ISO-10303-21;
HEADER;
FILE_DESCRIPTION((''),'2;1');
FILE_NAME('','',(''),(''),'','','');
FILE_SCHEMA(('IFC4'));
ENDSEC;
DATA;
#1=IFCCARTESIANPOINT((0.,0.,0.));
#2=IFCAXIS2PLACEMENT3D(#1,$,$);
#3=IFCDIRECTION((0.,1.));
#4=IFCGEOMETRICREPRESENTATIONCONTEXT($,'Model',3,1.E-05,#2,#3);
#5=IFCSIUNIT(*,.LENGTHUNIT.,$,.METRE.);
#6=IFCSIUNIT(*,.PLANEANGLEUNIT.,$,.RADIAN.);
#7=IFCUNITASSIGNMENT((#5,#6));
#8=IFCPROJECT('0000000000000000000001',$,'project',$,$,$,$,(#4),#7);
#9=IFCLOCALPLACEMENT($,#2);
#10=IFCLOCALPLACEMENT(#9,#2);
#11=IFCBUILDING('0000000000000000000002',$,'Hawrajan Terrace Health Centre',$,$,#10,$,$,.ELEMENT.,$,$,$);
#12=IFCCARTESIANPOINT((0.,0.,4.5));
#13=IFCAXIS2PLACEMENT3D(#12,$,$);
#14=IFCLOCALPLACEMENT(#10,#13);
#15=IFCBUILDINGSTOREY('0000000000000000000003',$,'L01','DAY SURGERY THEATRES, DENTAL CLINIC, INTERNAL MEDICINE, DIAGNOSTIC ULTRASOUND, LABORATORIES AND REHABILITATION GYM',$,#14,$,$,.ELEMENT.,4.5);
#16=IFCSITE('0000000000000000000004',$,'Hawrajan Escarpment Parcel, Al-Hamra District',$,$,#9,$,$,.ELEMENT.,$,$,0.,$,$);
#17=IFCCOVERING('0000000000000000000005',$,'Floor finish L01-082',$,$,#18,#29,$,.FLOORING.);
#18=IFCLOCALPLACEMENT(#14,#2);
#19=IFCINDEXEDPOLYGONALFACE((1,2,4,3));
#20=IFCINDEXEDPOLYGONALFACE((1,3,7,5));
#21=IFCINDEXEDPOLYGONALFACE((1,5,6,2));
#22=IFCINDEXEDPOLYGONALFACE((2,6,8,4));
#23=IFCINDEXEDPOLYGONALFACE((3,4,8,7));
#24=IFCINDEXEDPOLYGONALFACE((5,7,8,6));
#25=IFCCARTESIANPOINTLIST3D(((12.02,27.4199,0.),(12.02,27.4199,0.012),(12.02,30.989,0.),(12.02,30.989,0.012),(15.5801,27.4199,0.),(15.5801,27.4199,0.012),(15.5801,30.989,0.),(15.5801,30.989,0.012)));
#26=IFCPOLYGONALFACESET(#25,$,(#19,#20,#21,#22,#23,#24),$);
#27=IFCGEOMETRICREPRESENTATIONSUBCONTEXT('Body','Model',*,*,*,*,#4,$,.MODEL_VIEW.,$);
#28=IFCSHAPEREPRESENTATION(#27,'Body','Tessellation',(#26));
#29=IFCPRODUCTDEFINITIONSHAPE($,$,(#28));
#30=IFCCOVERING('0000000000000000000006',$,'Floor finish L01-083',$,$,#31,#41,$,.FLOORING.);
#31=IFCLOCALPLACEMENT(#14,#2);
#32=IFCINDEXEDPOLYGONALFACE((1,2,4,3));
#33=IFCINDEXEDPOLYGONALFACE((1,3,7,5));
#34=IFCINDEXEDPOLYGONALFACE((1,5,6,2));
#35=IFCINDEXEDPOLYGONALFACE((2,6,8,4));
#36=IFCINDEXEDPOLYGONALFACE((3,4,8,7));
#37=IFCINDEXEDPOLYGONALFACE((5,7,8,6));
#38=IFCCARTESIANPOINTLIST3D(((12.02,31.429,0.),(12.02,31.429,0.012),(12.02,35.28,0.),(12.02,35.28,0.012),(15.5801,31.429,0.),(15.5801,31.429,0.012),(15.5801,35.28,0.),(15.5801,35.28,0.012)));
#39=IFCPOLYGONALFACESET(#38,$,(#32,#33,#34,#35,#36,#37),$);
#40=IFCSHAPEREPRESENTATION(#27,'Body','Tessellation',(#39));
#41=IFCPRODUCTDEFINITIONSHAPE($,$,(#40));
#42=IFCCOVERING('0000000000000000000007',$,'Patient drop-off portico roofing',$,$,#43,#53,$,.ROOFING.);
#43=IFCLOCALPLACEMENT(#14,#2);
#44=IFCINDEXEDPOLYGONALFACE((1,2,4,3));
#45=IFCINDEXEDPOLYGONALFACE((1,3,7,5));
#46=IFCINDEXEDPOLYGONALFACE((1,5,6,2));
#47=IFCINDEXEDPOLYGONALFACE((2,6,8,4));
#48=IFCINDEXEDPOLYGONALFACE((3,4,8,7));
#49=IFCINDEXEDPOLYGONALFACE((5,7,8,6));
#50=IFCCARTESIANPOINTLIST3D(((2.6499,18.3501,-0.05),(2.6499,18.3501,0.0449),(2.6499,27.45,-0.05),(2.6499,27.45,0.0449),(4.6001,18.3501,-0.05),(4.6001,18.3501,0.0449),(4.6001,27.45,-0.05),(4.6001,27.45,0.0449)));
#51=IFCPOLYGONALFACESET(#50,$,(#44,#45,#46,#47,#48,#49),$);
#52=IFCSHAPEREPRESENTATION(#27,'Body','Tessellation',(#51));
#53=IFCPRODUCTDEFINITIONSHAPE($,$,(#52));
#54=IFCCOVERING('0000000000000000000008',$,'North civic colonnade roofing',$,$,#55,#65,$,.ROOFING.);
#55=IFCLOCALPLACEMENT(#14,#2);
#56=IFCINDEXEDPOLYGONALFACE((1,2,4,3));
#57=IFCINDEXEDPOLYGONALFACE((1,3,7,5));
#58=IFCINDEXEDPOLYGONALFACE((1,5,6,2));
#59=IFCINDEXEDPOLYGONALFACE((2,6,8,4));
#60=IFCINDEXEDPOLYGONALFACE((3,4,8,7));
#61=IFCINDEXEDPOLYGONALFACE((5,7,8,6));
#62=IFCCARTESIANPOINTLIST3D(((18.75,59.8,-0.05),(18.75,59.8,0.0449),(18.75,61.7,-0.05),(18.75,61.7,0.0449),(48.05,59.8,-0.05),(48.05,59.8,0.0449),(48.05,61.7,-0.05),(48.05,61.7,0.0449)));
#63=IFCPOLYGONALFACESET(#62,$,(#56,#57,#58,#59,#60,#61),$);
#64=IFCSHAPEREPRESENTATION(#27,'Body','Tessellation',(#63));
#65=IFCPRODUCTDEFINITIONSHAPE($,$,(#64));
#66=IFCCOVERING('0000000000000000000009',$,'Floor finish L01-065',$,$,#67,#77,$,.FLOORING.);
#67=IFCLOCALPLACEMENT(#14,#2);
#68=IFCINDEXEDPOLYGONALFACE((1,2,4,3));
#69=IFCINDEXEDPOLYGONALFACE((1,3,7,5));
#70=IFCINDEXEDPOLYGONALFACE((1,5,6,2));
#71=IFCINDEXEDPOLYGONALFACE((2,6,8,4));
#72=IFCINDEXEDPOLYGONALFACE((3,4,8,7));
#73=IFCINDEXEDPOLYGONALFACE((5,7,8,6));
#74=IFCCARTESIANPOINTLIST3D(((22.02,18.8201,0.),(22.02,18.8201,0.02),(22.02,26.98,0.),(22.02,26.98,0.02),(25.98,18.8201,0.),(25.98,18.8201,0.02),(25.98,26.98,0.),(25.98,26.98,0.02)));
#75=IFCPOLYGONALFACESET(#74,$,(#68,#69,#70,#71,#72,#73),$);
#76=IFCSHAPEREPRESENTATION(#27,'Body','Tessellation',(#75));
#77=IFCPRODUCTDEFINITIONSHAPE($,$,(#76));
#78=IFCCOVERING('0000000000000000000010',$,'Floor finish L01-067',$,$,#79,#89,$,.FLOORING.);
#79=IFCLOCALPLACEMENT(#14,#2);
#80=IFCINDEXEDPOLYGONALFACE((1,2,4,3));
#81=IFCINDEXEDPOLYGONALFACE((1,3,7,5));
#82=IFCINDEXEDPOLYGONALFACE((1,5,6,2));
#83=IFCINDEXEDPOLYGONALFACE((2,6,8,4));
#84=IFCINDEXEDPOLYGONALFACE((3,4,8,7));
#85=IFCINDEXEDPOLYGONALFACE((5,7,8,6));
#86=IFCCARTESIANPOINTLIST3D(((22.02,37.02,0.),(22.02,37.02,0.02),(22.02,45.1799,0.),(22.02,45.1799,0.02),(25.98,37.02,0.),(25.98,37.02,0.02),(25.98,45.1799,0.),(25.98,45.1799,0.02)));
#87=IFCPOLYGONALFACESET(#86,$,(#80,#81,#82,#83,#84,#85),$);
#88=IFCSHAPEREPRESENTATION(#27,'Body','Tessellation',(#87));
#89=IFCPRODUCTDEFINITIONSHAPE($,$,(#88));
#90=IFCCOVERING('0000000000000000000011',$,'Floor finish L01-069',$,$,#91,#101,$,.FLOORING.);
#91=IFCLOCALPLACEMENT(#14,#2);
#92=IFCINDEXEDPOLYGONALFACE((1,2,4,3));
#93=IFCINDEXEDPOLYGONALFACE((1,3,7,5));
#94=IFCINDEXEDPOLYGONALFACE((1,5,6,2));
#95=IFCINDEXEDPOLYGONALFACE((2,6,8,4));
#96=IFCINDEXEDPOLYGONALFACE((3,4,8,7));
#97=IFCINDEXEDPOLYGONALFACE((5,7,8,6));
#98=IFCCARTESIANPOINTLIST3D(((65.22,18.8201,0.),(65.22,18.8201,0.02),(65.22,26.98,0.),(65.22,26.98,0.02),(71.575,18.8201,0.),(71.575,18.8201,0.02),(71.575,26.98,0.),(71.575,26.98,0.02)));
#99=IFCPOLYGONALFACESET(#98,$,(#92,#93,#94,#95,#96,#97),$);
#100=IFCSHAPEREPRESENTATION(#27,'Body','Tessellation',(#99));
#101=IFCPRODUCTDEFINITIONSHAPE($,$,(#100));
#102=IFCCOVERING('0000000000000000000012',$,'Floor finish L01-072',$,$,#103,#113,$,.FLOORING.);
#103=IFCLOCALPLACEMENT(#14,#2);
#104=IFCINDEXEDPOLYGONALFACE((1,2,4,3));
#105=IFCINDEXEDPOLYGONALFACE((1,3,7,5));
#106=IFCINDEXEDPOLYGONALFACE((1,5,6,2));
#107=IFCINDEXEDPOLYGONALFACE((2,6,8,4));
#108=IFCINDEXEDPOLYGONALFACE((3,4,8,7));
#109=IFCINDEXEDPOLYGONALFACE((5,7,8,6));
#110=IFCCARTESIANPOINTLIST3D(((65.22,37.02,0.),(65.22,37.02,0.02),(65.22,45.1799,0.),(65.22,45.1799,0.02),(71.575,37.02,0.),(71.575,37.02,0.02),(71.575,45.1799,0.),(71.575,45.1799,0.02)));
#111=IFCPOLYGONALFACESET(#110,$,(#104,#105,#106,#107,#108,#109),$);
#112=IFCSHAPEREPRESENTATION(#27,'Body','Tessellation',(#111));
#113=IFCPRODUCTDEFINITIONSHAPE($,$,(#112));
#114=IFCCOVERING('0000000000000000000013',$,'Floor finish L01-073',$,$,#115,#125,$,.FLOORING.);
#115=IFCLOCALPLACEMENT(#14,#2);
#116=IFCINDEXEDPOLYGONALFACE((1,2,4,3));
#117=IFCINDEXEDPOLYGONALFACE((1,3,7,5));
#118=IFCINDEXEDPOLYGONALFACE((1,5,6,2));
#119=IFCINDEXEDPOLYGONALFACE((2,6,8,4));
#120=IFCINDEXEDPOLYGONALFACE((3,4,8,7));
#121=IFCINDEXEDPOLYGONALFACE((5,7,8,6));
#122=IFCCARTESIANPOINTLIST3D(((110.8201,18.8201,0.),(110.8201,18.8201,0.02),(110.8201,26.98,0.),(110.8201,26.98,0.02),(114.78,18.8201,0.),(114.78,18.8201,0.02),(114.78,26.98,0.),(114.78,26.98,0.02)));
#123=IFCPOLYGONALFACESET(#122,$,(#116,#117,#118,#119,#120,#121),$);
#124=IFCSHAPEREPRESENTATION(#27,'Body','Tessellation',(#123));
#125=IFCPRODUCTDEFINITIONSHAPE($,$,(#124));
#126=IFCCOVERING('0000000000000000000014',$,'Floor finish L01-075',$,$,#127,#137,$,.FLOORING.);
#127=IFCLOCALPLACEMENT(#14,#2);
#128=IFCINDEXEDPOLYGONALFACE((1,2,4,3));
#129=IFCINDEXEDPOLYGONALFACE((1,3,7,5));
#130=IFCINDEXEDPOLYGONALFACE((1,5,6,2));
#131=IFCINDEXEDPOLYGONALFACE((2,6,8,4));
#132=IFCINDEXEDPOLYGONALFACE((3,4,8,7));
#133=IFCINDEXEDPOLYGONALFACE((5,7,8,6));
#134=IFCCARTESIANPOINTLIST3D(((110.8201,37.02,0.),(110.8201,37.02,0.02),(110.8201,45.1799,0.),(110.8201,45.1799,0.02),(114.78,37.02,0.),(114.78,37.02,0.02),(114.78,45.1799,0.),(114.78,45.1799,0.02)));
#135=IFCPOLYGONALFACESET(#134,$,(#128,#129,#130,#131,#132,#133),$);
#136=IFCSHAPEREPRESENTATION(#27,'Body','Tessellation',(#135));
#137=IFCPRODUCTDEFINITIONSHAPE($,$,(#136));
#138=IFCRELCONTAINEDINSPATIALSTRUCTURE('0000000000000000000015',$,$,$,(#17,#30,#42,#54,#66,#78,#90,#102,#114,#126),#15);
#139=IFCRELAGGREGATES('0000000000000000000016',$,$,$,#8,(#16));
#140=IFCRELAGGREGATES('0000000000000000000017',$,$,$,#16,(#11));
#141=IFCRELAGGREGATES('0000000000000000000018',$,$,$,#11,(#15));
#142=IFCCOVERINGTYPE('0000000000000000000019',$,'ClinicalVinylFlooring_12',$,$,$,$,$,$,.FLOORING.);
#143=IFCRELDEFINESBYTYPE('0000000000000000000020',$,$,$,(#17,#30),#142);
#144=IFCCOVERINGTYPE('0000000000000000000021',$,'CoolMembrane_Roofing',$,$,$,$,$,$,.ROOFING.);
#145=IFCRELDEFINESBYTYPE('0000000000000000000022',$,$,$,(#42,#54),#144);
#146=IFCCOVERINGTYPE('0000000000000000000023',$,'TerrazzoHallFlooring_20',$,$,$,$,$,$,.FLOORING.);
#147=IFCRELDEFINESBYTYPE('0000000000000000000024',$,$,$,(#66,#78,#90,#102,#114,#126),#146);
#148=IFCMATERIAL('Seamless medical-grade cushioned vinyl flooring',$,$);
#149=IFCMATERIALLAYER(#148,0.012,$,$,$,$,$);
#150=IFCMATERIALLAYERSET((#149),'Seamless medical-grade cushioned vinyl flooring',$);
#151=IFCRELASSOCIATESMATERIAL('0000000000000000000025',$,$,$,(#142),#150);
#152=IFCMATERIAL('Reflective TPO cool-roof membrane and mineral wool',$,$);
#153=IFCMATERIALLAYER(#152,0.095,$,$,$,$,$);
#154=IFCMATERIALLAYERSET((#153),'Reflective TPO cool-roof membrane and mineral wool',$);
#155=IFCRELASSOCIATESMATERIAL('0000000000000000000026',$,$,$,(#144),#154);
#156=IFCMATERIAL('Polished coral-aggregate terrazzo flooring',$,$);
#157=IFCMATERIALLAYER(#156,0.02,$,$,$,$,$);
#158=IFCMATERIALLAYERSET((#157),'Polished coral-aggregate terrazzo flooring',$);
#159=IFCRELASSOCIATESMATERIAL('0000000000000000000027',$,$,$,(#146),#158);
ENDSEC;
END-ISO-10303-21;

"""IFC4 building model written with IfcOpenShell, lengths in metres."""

from ifc_helpers import new_model, si_unit, direction, frame, origin, place, context, subcontext, project, spatial, polyline, outline, extrude, material, layer, layer_set, type_object, element, save


model = new_model("IFC4")

# Units and contexts
model_context = context("Model", 3, precision=1e-05, world=origin(), true_north=direction((0.0, 1.0)))
body_context = subcontext(model_context, "Body", "Model", "MODEL_VIEW")
ifc_project = project(units=[si_unit("LENGTHUNIT", "METRE"), si_unit("PLANEANGLEUNIT", "RADIAN")], contexts=[model_context])

# Site, building, storey
site_placement = place(None, origin())
site = spatial("IfcSite", under=ifc_project, at=site_placement, Name="Hawrajan Escarpment Parcel, Al-Hamra District", CompositionType="ELEMENT", RefElevation=0.0)
building_placement = place(site_placement, origin())
building = spatial("IfcBuilding", under=site, at=building_placement, Name="Hawrajan Terrace Health Centre", CompositionType="ELEMENT")
storey_placement = place(building_placement, frame((0.0, 0.0, 4.5)))
storey = spatial("IfcBuildingStorey", under=building, at=storey_placement, Name="L01", Description="DAY SURGERY THEATRES, DENTAL CLINIC, INTERNAL MEDICINE, DIAGNOSTIC ULTRASOUND, LABORATORIES AND REHABILITATION GYM", CompositionType="ELEMENT", Elevation=4.5)

# Coverings
ifc_material_1 = material(Name="Seamless medical-grade cushioned vinyl flooring")
ifc_layer_1 = layer(ifc_material_1, 0.012)
ifc_layer_set_1 = layer_set([ifc_layer_1], Name="Seamless medical-grade cushioned vinyl flooring")
covering_type_1 = type_object("IfcCoveringType", Name="ClinicalVinylFlooring_12", PredefinedType="FLOORING", material=ifc_layer_set_1)
covering_1_placement = place(storey_placement, origin())
element("IfcCovering", 1, at=covering_1_placement, inside=storey, type_object=covering_type_1, Name="Floor finish L01-082", PredefinedType="FLOORING", context=body_context, shape_type="SweptSolid", body=[
    extrude(outline(polyline([(12.02, 30.989), (15.5801, 30.989), (15.5801, 27.4199), (12.02, 27.4199), (12.02, 30.989)])), origin(), (0.0, 0.0, 1.0), 0.012),
])
covering_2_placement = place(storey_placement, origin())
element("IfcCovering", 2, at=covering_2_placement, inside=storey, type_object=covering_type_1, Name="Floor finish L01-083", PredefinedType="FLOORING", context=body_context, shape_type="SweptSolid", body=[
    extrude(outline(polyline([(12.02, 35.28), (15.5801, 35.28), (15.5801, 31.429), (12.02, 31.429), (12.02, 35.28)])), origin(), (0.0, 0.0, 1.0), 0.012),
])
ifc_material_2 = material(Name="Reflective TPO cool-roof membrane and mineral wool")
ifc_layer_2 = layer(ifc_material_2, 0.095)
ifc_layer_set_2 = layer_set([ifc_layer_2], Name="Reflective TPO cool-roof membrane and mineral wool")
covering_type_2 = type_object("IfcCoveringType", Name="CoolMembrane_Roofing", PredefinedType="ROOFING", material=ifc_layer_set_2)
covering_3_placement = place(storey_placement, frame((0.0, 0.0, -0.05)))
element("IfcCovering", 3, at=covering_3_placement, inside=storey, type_object=covering_type_2, Name="Patient drop-off portico roofing", PredefinedType="ROOFING", context=body_context, shape_type="SweptSolid", body=[
    extrude(outline(polyline([(2.6499, 18.3501), (4.6001, 18.3501), (4.6001, 27.45), (2.6499, 27.45), (2.6499, 18.3501)])), origin(), (0.0, 0.0, 1.0), 0.095),
])
covering_4_placement = place(storey_placement, frame((0.0, 0.0, -0.05)))
element("IfcCovering", 4, at=covering_4_placement, inside=storey, type_object=covering_type_2, Name="North civic colonnade roofing", PredefinedType="ROOFING", context=body_context, shape_type="SweptSolid", body=[
    extrude(outline(polyline([(18.75, 59.8), (48.05, 59.8), (48.05, 61.7), (18.75, 61.7), (18.75, 59.8)])), origin(), (0.0, 0.0, 1.0), 0.095),
])
ifc_material_3 = material(Name="Polished coral-aggregate terrazzo flooring")
ifc_layer_3 = layer(ifc_material_3, 0.02)
ifc_layer_set_3 = layer_set([ifc_layer_3], Name="Polished coral-aggregate terrazzo flooring")
covering_type_3 = type_object("IfcCoveringType", Name="TerrazzoHallFlooring_20", PredefinedType="FLOORING", material=ifc_layer_set_3)
covering_5_placement = place(storey_placement, origin())
element("IfcCovering", 5, at=covering_5_placement, inside=storey, type_object=covering_type_3, Name="Floor finish L01-065", PredefinedType="FLOORING", context=body_context, shape_type="SweptSolid", body=[
    extrude(outline(polyline([(22.02, 26.98), (25.98, 26.98), (25.98, 18.8201), (22.02, 18.8201), (22.02, 26.98)])), origin(), (0.0, 0.0, 1.0), 0.02),
])
covering_6_placement = place(storey_placement, origin())
element("IfcCovering", 6, at=covering_6_placement, inside=storey, type_object=covering_type_3, Name="Floor finish L01-067", PredefinedType="FLOORING", context=body_context, shape_type="SweptSolid", body=[
    extrude(outline(polyline([(22.02, 45.1799), (25.98, 45.1799), (25.98, 37.02), (22.02, 37.02), (22.02, 45.1799)])), origin(), (0.0, 0.0, 1.0), 0.02),
])
covering_7_placement = place(storey_placement, origin())
element("IfcCovering", 7, at=covering_7_placement, inside=storey, type_object=covering_type_3, Name="Floor finish L01-069", PredefinedType="FLOORING", context=body_context, shape_type="SweptSolid", body=[
    extrude(outline(polyline([(65.22, 26.98), (71.575, 26.98), (71.575, 18.8201), (65.22, 18.8201), (65.22, 26.98)])), origin(), (0.0, 0.0, 1.0), 0.02),
])
covering_8_placement = place(storey_placement, origin())
element("IfcCovering", 8, at=covering_8_placement, inside=storey, type_object=covering_type_3, Name="Floor finish L01-072", PredefinedType="FLOORING", context=body_context, shape_type="SweptSolid", body=[
    extrude(outline(polyline([(65.22, 45.1799), (71.575, 45.1799), (71.575, 37.02), (65.22, 37.02), (65.22, 45.1799)])), origin(), (0.0, 0.0, 1.0), 0.02),
])
covering_9_placement = place(storey_placement, origin())
element("IfcCovering", 9, at=covering_9_placement, inside=storey, type_object=covering_type_3, Name="Floor finish L01-073", PredefinedType="FLOORING", context=body_context, shape_type="SweptSolid", body=[
    extrude(outline(polyline([(110.8201, 26.98), (114.78, 26.98), (114.78, 18.8201), (110.8201, 18.8201), (110.8201, 26.98)])), origin(), (0.0, 0.0, 1.0), 0.02),
])
covering_10_placement = place(storey_placement, origin())
element("IfcCovering", 10, at=covering_10_placement, inside=storey, type_object=covering_type_3, Name="Floor finish L01-075", PredefinedType="FLOORING", context=body_context, shape_type="SweptSolid", body=[
    extrude(outline(polyline([(110.8201, 45.1799), (114.78, 45.1799), (114.78, 37.02), (110.8201, 37.02), (110.8201, 45.1799)])), origin(), (0.0, 0.0, 1.0), 0.02),
])

save(model, "model.ifc")
